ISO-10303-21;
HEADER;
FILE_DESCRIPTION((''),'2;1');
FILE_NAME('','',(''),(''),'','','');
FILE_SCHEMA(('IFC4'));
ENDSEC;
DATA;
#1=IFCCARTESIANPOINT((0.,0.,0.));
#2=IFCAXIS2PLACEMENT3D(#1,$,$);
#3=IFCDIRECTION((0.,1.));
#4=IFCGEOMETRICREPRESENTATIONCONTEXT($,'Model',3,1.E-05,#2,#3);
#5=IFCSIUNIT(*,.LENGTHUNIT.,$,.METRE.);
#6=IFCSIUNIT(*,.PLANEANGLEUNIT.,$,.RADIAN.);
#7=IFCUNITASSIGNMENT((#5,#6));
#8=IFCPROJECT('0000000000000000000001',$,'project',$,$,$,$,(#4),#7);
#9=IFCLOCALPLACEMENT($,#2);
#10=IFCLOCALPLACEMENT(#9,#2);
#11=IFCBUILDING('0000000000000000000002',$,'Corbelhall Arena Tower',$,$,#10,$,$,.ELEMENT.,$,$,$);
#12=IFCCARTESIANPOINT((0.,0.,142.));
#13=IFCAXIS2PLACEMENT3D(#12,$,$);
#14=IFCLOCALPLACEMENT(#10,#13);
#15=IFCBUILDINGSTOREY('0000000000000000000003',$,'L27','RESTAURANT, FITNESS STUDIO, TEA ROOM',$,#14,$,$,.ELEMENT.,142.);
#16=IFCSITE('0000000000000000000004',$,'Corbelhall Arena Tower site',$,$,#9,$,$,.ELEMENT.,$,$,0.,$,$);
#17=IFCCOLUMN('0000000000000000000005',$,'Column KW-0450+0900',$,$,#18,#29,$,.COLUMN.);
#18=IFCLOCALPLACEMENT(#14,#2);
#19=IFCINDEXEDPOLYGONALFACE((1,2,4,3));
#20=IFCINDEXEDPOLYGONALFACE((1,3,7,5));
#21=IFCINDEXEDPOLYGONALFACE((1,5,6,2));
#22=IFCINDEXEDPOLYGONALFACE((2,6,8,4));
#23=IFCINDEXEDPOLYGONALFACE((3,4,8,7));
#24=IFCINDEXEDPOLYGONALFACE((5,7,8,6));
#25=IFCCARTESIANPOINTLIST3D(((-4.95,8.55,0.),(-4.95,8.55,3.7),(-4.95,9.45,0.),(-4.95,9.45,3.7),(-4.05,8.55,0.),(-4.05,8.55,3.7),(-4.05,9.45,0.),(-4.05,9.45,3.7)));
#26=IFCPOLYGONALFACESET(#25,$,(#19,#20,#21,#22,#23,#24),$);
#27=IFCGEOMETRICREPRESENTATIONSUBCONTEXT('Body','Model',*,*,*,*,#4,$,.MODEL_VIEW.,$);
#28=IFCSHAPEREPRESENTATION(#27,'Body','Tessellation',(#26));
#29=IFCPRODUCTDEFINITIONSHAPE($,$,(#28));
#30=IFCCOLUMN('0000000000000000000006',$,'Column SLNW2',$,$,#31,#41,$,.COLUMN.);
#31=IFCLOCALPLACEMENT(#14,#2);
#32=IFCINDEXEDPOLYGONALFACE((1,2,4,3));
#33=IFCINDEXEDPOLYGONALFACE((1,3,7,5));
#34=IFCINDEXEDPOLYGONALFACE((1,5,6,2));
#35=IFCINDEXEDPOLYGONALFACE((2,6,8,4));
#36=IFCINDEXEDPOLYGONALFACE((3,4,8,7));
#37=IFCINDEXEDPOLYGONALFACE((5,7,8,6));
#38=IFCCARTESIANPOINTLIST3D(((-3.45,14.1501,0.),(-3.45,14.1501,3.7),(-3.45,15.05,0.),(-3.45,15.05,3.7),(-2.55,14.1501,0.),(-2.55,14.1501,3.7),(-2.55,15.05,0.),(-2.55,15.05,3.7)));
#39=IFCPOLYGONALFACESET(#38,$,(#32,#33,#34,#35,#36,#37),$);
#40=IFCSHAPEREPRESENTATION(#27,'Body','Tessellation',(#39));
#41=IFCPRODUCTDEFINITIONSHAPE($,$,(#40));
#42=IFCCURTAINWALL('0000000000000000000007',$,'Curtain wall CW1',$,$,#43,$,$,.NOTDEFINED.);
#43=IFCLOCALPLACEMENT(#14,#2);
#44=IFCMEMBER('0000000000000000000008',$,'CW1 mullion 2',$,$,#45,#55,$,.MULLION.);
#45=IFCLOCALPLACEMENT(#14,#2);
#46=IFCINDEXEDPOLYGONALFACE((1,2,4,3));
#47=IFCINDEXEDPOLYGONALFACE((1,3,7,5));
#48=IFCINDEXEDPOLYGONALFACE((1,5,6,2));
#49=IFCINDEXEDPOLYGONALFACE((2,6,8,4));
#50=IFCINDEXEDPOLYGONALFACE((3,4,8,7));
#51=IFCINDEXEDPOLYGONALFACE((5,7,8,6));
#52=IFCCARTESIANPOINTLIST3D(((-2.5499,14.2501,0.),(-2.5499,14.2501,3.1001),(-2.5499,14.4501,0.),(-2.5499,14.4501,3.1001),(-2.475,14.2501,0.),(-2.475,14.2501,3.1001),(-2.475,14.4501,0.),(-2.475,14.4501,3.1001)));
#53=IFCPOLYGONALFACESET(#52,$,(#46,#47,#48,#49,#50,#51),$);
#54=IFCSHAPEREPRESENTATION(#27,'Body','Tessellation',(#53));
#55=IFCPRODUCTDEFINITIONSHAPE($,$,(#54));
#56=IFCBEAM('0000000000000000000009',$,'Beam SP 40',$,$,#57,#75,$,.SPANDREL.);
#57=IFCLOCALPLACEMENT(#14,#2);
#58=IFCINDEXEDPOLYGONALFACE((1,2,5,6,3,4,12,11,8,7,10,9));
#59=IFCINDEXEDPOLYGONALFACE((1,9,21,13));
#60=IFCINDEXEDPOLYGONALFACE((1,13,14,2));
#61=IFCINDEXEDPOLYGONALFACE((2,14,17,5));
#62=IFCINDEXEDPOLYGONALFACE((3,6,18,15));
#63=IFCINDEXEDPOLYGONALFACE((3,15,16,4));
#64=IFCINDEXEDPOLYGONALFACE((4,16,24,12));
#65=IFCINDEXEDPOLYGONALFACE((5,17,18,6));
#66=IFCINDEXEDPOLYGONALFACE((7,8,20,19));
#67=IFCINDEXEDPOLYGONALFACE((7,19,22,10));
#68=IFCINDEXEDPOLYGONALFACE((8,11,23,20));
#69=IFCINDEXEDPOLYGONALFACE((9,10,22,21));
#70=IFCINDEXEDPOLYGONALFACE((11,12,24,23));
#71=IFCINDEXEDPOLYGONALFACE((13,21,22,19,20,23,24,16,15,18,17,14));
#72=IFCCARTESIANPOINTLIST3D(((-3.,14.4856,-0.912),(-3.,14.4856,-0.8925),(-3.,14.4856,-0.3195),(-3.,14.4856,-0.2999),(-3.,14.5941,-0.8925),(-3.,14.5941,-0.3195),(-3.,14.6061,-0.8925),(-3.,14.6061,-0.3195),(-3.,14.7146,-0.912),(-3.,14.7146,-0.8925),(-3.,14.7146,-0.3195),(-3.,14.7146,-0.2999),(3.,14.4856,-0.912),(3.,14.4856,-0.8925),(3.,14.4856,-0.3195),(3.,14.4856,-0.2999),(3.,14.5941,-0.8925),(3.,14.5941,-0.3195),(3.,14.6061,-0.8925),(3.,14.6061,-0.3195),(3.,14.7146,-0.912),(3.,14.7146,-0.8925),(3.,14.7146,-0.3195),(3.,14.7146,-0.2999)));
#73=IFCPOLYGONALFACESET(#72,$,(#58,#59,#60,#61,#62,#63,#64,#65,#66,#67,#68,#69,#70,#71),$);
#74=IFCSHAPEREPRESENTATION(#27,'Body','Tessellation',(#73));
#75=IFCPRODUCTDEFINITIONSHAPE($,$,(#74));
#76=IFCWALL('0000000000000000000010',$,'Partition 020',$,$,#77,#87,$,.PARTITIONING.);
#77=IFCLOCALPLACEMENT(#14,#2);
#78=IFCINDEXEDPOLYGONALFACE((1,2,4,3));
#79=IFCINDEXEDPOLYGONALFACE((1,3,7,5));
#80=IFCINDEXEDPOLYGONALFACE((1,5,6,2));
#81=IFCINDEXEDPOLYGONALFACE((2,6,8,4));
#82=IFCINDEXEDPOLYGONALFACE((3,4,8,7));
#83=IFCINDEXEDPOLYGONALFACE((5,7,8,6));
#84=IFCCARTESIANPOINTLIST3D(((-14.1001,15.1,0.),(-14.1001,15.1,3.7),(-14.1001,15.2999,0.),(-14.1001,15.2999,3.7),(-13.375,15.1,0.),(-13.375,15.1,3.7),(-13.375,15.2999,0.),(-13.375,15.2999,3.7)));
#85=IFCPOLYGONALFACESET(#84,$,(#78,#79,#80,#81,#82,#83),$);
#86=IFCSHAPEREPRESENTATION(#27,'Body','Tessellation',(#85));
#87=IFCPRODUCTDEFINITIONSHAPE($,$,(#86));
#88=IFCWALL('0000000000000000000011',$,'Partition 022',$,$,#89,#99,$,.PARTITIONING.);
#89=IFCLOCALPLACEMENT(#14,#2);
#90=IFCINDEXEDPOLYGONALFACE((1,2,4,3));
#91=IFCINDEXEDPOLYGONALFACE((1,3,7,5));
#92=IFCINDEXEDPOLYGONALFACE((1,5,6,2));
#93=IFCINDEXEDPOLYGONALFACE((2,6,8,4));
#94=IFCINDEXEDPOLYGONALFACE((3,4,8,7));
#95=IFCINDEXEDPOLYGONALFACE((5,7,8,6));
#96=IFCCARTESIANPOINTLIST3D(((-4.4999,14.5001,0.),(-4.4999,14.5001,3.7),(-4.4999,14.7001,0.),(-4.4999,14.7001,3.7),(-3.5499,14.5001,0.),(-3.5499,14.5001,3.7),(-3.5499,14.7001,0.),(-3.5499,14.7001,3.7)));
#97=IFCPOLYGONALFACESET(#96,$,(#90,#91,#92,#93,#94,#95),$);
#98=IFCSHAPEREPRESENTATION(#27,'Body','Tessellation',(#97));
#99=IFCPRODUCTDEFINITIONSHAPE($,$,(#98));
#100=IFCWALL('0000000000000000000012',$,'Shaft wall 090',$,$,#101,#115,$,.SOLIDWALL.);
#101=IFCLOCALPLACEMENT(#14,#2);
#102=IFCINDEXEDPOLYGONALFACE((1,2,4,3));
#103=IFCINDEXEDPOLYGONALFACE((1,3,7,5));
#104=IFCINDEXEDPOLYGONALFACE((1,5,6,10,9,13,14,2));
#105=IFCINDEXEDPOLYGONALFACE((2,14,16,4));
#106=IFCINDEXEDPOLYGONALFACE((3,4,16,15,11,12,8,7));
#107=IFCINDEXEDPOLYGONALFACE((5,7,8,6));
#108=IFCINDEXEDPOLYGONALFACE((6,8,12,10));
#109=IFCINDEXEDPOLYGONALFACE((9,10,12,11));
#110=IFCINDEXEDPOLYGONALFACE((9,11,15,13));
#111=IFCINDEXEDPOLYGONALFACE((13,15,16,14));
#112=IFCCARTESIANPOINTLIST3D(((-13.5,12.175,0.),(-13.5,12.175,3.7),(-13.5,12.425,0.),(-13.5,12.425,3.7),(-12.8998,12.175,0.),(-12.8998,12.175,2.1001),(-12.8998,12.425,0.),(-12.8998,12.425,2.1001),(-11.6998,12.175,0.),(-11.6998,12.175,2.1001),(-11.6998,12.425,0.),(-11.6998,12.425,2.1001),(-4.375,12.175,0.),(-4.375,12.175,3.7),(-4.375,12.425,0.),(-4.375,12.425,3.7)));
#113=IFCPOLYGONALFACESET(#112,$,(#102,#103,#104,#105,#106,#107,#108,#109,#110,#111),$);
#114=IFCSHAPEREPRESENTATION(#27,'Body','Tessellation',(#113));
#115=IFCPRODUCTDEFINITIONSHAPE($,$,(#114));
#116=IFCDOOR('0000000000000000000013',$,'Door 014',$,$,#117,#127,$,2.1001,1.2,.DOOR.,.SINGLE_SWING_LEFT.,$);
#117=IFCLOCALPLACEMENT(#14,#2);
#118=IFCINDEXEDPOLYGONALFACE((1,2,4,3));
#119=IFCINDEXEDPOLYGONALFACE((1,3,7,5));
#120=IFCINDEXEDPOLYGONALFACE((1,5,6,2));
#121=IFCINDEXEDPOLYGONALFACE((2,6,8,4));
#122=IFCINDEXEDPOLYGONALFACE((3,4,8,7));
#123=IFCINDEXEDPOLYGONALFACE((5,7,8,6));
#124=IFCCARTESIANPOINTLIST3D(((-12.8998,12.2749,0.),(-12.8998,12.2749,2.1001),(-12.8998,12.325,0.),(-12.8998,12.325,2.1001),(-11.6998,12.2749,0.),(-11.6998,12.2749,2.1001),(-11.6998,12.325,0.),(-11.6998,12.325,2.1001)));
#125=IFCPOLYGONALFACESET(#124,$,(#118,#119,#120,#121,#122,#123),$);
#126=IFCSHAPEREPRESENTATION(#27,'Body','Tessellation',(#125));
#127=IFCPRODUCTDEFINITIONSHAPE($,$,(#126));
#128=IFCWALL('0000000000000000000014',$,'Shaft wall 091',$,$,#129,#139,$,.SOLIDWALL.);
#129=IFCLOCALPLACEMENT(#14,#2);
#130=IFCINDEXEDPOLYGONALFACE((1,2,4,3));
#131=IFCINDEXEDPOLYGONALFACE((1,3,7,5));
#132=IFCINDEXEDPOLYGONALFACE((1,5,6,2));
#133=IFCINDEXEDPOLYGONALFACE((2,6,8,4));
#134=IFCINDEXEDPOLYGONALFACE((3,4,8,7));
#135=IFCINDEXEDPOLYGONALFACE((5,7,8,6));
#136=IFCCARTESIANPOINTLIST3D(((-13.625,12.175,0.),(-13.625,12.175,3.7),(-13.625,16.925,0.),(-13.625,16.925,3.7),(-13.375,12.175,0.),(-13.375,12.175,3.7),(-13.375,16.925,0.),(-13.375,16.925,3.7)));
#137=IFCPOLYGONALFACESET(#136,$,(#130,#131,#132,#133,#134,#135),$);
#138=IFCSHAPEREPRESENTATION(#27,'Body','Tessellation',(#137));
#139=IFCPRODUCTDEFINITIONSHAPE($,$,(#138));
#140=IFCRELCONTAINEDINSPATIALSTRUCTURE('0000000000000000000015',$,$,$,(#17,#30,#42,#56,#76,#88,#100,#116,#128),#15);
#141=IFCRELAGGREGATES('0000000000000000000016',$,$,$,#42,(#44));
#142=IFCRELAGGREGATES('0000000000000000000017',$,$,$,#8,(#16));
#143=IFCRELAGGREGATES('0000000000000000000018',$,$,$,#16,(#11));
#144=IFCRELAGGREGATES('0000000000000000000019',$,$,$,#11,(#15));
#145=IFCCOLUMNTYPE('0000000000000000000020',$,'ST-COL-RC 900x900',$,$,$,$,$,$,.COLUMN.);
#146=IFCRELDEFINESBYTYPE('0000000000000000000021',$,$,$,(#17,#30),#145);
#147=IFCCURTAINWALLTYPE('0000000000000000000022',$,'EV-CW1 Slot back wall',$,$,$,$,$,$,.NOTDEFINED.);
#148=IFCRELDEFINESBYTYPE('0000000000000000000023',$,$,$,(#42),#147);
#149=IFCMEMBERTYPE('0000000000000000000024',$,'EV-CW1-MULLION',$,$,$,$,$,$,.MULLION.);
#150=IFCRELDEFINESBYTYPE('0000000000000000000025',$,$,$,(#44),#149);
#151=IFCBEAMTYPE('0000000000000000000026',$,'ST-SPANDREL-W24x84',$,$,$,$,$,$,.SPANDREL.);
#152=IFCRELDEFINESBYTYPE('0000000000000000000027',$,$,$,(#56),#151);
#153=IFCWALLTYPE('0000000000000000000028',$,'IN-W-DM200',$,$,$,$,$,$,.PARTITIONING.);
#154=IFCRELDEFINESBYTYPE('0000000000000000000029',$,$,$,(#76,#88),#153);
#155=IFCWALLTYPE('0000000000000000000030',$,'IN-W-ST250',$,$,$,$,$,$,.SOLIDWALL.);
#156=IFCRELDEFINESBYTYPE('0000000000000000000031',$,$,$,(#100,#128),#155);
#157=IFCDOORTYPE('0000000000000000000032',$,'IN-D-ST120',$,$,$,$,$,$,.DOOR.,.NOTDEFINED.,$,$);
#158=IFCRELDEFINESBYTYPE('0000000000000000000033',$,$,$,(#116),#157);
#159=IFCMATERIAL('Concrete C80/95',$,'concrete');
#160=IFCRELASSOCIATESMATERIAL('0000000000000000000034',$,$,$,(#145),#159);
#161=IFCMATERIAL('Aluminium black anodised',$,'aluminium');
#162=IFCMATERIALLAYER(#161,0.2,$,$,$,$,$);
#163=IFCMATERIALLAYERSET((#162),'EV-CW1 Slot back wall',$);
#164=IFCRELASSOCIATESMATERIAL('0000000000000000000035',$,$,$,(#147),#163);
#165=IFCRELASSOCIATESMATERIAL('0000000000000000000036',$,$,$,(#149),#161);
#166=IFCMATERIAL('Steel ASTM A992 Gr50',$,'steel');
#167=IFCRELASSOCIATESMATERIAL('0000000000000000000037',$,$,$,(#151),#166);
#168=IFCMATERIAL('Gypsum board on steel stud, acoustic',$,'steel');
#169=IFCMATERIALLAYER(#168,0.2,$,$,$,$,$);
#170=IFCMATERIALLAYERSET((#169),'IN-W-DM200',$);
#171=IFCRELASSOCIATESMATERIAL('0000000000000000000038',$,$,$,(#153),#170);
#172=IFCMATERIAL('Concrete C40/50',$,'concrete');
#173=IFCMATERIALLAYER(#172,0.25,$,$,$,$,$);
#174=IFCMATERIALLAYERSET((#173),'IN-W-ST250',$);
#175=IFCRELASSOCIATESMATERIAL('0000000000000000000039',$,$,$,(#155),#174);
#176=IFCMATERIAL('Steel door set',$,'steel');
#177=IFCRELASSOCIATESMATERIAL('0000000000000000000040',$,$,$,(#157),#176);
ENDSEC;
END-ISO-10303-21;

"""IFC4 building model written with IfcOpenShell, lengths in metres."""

from ifc_helpers import new_model, si_unit, direction, frame, frame_2d, origin, origin_2d, place, context, subcontext, project, spatial, rectangle, i_section, extrude, material, layer, layer_set, material_profile, profile_set, type_object, element, fill, aggregate, save


model = new_model("IFC4")

# Units and contexts
model_context = context("Model", 3, precision=1e-05, world=origin(), true_north=direction((0.0, 1.0)))
body_context = subcontext(model_context, "Body", "Model", "MODEL_VIEW")
ifc_project = project(units=[si_unit("LENGTHUNIT", "METRE"), si_unit("PLANEANGLEUNIT", "RADIAN")], contexts=[model_context])

# Site, building, storey
site_placement = place(None, origin())
site = spatial("IfcSite", under=ifc_project, at=site_placement, Name="Corbelhall Arena Tower site", CompositionType="ELEMENT", RefElevation=0.0)
building_placement = place(site_placement, origin())
building = spatial("IfcBuilding", under=site, at=building_placement, Name="Corbelhall Arena Tower", CompositionType="ELEMENT")
storey_placement = place(building_placement, frame((0.0, 0.0, 142.0)))
storey = spatial("IfcBuildingStorey", under=building, at=storey_placement, Name="L27", Description="RESTAURANT, FITNESS STUDIO, TEA ROOM", CompositionType="ELEMENT", Elevation=142.0)

# Columns
ifc_material_1 = material(Name="Concrete C80/95", Category="concrete")
ifc_material_profile_1 = material_profile(ifc_material_1, rectangle(XDim=0.8999, YDim=0.8999, at=origin_2d()))
ifc_profile_set_1 = profile_set([ifc_material_profile_1], Name="Concrete C80/95")
column_type = type_object("IfcColumnType", Name="ST-COL-RC 900x900", PredefinedType="COLUMN", material=ifc_profile_set_1)
for number, where, z_axis, x_axis, name in (
    (1, (-4.5, 9.0, 0.0), (0.0, 0.0, 1.0), (1.0, 0.0, 0.0), "Column KW-0450+0900"),
    (2, (-3.0, 14.6001, 0.0), (0.0, 0.0, 1.0), (1.0, 0.0, 0.0), "Column SLNW2"),
):
    element("IfcColumn", number, at=place(storey_placement, frame(where, z_axis=z_axis, x_axis=x_axis)), inside=storey, type_object=column_type, Name=name, PredefinedType="COLUMN", context=body_context, shape_type="SweptSolid", body=[
        extrude(rectangle(XDim=0.8999, YDim=0.8999, at=origin_2d()), origin(), (0.0, 0.0, 1.0), 3.7),
    ])

# Curtain wall, member
ifc_material_2 = material(Name="Aluminium black anodised", Category="aluminium")
ifc_layer_1 = layer(ifc_material_2, 0.2)
ifc_layer_set_1 = layer_set([ifc_layer_1], Name="EV-CW1 Slot back wall")
curtain_wall_type = type_object("IfcCurtainWallType", Name="EV-CW1 Slot back wall", PredefinedType="NOTDEFINED", material=ifc_layer_set_1)
curtain_wall_placement = place(storey_placement, origin())
curtain_wall = element("IfcCurtainWall", 3, at=curtain_wall_placement, inside=storey, type_object=curtain_wall_type, Name="Curtain wall CW1", PredefinedType="NOTDEFINED")
ifc_material_profile_2 = material_profile(ifc_material_2, rectangle(XDim=0.2, YDim=0.075, at=origin_2d()))
ifc_profile_set_2 = profile_set([ifc_material_profile_2], Name="Aluminium black anodised")
member_type = type_object("IfcMemberType", Name="EV-CW1-MULLION", PredefinedType="MULLION", material=ifc_profile_set_2)
member_placement = place(storey_placement, frame((-2.5125, 14.3501, 0.0), z_axis=(0.0, 0.0, 1.0), x_axis=(0.0, -1.0, 0.0)))
member = element("IfcMember", 4, at=member_placement, type_object=member_type, Name="CW1 mullion 2", PredefinedType="MULLION", context=body_context, shape_type="SweptSolid", body=[
    extrude(rectangle(XDim=0.2, YDim=0.075, at=origin_2d()), origin(), (0.0, 0.0, 1.0), 3.1001),
])
aggregate(curtain_wall, [member])

# Beam
ifc_material_3 = material(Name="Steel ASTM A992 Gr50", Category="steel")
ifc_material_profile_3 = material_profile(ifc_material_3, i_section(OverallWidth=0.229, OverallDepth=0.6121, WebThickness=0.012, FlangeThickness=0.0195, at=origin_2d()))
ifc_profile_set_3 = profile_set([ifc_material_profile_3], Name="Steel ASTM A992 Gr50")
beam_type = type_object("IfcBeamType", Name="ST-SPANDREL-W24x84", PredefinedType="SPANDREL", material=ifc_profile_set_3)
beam_placement = place(storey_placement, frame((-3.0, 14.6001, -0.606), z_axis=(1.0, 0.0, 0.0), x_axis=(0.0, 1.0, 0.0)))
element("IfcBeam", 5, at=beam_placement, inside=storey, type_object=beam_type, Name="Beam SP 40", PredefinedType="SPANDREL", context=body_context, shape_type="SweptSolid", body=[
    extrude(i_section(OverallWidth=0.229, OverallDepth=0.6121, WebThickness=0.012, FlangeThickness=0.0195, at=origin_2d()), origin(), (0.0, 0.0, 1.0), 6.0),
])

# Shared definitions
ifc_material_4 = material(Name="Gypsum board on steel stud, acoustic", Category="steel")
ifc_layer_2 = layer(ifc_material_4, 0.2)
ifc_layer_set_2 = layer_set([ifc_layer_2], Name="IN-W-DM200")
wall_type_1 = type_object("IfcWallType", Name="IN-W-DM200", PredefinedType="PARTITIONING", material=ifc_layer_set_2)
ifc_material_5 = material(Name="Steel door set", Category="steel")

# Walls
wall_1_placement = place(storey_placement, frame((-14.1001, 15.2, 0.0), z_axis=(0.0, 0.0, 1.0), x_axis=(1.0, 0.0, 0.0)))
element("IfcWall", 6, at=wall_1_placement, inside=storey, type_object=wall_type_1, Name="Partition 020", PredefinedType="PARTITIONING", context=body_context, shape_type="SweptSolid", body=[
    extrude(rectangle(XDim=0.7251, YDim=0.2, at=frame_2d((0.3625, 0.0))), origin(), (0.0, 0.0, 1.0), 3.7),
])
wall_2_placement = place(storey_placement, frame((-4.5, 14.6001, 0.0), z_axis=(0.0, 0.0, 1.0), x_axis=(1.0, 0.0, 0.0)))
element("IfcWall", 7, at=wall_2_placement, inside=storey, type_object=wall_type_1, Name="Partition 022", PredefinedType="PARTITIONING", context=body_context, shape_type="SweptSolid", body=[
    extrude(rectangle(XDim=0.95, YDim=0.2, at=frame_2d((0.4751, 0.0))), origin(), (0.0, 0.0, 1.0), 3.7),
])

# Wall, opening, door
ifc_material_6 = material(Name="Concrete C40/50", Category="concrete")
ifc_layer_3 = layer(ifc_material_6, 0.25)
ifc_layer_set_3 = layer_set([ifc_layer_3], Name="IN-W-ST250")
wall_type_2 = type_object("IfcWallType", Name="IN-W-ST250", PredefinedType="SOLIDWALL", material=ifc_layer_set_3)
wall_3_placement = place(storey_placement, frame((-13.5, 12.3, 0.0), z_axis=(0.0, 0.0, 1.0), x_axis=(1.0, 0.0, 0.0)))
wall_3 = element("IfcWall", 8, at=wall_3_placement, inside=storey, type_object=wall_type_2, Name="Shaft wall 090", PredefinedType="SOLIDWALL", context=body_context, shape_type="SweptSolid", body=[
    extrude(rectangle(XDim=9.125, YDim=0.25, at=frame_2d((4.5625, 0.0))), origin(), (0.0, 0.0, 1.0), 3.7),
])
opening_1_placement = place(wall_3_placement, frame((0.6001, 0.0, 0.0)))
opening_1 = element("IfcOpeningElement", 9, at=opening_1_placement, cuts=wall_3, PredefinedType="OPENING", context=body_context, shape_type="SweptSolid", body=[
    extrude(rectangle(XDim=1.2, YDim=2.1001, at=frame_2d((0.6001, 1.05))), frame((0.0, 0.125, 0.0), z_axis=(0.0, -1.0, 0.0), x_axis=(1.0, 0.0, 0.0)), (0.0, 0.0, 1.0), 0.25),
])
door_type_1 = type_object("IfcDoorType", Name="IN-D-ST120", OperationType="NOTDEFINED", PredefinedType="DOOR", material=ifc_material_5)
door_1_placement = place(opening_1_placement, origin())
door_1 = element("IfcDoor", 10, at=door_1_placement, inside=storey, type_object=door_type_1, Name="Door 014", OperationType="SINGLE_SWING_LEFT", OverallHeight=2.1001, OverallWidth=1.2, PredefinedType="DOOR", context=body_context, shape_type="SweptSolid", body=[
    extrude(rectangle(XDim=1.2, YDim=2.1001, at=frame_2d((0.6001, 1.05))), frame((0.0, 0.0249, 0.0), z_axis=(0.0, -1.0, 0.0), x_axis=(1.0, 0.0, 0.0)), (0.0, 0.0, 1.0), 0.05),
])
fill(opening_1, door_1)

# Wall
wall_4_placement = place(storey_placement, frame((-13.5, 12.175, 0.0), z_axis=(0.0, 0.0, 1.0), x_axis=(0.0, 1.0, 0.0)))
element("IfcWall", 11, at=wall_4_placement, inside=storey, type_object=wall_type_2, Name="Shaft wall 091", PredefinedType="SOLIDWALL", context=body_context, shape_type="SweptSolid", body=[
    extrude(rectangle(XDim=4.75, YDim=0.25, at=frame_2d((2.375, 0.0))), origin(), (0.0, 0.0, 1.0), 3.7),
])

save(model, "model.ifc")
